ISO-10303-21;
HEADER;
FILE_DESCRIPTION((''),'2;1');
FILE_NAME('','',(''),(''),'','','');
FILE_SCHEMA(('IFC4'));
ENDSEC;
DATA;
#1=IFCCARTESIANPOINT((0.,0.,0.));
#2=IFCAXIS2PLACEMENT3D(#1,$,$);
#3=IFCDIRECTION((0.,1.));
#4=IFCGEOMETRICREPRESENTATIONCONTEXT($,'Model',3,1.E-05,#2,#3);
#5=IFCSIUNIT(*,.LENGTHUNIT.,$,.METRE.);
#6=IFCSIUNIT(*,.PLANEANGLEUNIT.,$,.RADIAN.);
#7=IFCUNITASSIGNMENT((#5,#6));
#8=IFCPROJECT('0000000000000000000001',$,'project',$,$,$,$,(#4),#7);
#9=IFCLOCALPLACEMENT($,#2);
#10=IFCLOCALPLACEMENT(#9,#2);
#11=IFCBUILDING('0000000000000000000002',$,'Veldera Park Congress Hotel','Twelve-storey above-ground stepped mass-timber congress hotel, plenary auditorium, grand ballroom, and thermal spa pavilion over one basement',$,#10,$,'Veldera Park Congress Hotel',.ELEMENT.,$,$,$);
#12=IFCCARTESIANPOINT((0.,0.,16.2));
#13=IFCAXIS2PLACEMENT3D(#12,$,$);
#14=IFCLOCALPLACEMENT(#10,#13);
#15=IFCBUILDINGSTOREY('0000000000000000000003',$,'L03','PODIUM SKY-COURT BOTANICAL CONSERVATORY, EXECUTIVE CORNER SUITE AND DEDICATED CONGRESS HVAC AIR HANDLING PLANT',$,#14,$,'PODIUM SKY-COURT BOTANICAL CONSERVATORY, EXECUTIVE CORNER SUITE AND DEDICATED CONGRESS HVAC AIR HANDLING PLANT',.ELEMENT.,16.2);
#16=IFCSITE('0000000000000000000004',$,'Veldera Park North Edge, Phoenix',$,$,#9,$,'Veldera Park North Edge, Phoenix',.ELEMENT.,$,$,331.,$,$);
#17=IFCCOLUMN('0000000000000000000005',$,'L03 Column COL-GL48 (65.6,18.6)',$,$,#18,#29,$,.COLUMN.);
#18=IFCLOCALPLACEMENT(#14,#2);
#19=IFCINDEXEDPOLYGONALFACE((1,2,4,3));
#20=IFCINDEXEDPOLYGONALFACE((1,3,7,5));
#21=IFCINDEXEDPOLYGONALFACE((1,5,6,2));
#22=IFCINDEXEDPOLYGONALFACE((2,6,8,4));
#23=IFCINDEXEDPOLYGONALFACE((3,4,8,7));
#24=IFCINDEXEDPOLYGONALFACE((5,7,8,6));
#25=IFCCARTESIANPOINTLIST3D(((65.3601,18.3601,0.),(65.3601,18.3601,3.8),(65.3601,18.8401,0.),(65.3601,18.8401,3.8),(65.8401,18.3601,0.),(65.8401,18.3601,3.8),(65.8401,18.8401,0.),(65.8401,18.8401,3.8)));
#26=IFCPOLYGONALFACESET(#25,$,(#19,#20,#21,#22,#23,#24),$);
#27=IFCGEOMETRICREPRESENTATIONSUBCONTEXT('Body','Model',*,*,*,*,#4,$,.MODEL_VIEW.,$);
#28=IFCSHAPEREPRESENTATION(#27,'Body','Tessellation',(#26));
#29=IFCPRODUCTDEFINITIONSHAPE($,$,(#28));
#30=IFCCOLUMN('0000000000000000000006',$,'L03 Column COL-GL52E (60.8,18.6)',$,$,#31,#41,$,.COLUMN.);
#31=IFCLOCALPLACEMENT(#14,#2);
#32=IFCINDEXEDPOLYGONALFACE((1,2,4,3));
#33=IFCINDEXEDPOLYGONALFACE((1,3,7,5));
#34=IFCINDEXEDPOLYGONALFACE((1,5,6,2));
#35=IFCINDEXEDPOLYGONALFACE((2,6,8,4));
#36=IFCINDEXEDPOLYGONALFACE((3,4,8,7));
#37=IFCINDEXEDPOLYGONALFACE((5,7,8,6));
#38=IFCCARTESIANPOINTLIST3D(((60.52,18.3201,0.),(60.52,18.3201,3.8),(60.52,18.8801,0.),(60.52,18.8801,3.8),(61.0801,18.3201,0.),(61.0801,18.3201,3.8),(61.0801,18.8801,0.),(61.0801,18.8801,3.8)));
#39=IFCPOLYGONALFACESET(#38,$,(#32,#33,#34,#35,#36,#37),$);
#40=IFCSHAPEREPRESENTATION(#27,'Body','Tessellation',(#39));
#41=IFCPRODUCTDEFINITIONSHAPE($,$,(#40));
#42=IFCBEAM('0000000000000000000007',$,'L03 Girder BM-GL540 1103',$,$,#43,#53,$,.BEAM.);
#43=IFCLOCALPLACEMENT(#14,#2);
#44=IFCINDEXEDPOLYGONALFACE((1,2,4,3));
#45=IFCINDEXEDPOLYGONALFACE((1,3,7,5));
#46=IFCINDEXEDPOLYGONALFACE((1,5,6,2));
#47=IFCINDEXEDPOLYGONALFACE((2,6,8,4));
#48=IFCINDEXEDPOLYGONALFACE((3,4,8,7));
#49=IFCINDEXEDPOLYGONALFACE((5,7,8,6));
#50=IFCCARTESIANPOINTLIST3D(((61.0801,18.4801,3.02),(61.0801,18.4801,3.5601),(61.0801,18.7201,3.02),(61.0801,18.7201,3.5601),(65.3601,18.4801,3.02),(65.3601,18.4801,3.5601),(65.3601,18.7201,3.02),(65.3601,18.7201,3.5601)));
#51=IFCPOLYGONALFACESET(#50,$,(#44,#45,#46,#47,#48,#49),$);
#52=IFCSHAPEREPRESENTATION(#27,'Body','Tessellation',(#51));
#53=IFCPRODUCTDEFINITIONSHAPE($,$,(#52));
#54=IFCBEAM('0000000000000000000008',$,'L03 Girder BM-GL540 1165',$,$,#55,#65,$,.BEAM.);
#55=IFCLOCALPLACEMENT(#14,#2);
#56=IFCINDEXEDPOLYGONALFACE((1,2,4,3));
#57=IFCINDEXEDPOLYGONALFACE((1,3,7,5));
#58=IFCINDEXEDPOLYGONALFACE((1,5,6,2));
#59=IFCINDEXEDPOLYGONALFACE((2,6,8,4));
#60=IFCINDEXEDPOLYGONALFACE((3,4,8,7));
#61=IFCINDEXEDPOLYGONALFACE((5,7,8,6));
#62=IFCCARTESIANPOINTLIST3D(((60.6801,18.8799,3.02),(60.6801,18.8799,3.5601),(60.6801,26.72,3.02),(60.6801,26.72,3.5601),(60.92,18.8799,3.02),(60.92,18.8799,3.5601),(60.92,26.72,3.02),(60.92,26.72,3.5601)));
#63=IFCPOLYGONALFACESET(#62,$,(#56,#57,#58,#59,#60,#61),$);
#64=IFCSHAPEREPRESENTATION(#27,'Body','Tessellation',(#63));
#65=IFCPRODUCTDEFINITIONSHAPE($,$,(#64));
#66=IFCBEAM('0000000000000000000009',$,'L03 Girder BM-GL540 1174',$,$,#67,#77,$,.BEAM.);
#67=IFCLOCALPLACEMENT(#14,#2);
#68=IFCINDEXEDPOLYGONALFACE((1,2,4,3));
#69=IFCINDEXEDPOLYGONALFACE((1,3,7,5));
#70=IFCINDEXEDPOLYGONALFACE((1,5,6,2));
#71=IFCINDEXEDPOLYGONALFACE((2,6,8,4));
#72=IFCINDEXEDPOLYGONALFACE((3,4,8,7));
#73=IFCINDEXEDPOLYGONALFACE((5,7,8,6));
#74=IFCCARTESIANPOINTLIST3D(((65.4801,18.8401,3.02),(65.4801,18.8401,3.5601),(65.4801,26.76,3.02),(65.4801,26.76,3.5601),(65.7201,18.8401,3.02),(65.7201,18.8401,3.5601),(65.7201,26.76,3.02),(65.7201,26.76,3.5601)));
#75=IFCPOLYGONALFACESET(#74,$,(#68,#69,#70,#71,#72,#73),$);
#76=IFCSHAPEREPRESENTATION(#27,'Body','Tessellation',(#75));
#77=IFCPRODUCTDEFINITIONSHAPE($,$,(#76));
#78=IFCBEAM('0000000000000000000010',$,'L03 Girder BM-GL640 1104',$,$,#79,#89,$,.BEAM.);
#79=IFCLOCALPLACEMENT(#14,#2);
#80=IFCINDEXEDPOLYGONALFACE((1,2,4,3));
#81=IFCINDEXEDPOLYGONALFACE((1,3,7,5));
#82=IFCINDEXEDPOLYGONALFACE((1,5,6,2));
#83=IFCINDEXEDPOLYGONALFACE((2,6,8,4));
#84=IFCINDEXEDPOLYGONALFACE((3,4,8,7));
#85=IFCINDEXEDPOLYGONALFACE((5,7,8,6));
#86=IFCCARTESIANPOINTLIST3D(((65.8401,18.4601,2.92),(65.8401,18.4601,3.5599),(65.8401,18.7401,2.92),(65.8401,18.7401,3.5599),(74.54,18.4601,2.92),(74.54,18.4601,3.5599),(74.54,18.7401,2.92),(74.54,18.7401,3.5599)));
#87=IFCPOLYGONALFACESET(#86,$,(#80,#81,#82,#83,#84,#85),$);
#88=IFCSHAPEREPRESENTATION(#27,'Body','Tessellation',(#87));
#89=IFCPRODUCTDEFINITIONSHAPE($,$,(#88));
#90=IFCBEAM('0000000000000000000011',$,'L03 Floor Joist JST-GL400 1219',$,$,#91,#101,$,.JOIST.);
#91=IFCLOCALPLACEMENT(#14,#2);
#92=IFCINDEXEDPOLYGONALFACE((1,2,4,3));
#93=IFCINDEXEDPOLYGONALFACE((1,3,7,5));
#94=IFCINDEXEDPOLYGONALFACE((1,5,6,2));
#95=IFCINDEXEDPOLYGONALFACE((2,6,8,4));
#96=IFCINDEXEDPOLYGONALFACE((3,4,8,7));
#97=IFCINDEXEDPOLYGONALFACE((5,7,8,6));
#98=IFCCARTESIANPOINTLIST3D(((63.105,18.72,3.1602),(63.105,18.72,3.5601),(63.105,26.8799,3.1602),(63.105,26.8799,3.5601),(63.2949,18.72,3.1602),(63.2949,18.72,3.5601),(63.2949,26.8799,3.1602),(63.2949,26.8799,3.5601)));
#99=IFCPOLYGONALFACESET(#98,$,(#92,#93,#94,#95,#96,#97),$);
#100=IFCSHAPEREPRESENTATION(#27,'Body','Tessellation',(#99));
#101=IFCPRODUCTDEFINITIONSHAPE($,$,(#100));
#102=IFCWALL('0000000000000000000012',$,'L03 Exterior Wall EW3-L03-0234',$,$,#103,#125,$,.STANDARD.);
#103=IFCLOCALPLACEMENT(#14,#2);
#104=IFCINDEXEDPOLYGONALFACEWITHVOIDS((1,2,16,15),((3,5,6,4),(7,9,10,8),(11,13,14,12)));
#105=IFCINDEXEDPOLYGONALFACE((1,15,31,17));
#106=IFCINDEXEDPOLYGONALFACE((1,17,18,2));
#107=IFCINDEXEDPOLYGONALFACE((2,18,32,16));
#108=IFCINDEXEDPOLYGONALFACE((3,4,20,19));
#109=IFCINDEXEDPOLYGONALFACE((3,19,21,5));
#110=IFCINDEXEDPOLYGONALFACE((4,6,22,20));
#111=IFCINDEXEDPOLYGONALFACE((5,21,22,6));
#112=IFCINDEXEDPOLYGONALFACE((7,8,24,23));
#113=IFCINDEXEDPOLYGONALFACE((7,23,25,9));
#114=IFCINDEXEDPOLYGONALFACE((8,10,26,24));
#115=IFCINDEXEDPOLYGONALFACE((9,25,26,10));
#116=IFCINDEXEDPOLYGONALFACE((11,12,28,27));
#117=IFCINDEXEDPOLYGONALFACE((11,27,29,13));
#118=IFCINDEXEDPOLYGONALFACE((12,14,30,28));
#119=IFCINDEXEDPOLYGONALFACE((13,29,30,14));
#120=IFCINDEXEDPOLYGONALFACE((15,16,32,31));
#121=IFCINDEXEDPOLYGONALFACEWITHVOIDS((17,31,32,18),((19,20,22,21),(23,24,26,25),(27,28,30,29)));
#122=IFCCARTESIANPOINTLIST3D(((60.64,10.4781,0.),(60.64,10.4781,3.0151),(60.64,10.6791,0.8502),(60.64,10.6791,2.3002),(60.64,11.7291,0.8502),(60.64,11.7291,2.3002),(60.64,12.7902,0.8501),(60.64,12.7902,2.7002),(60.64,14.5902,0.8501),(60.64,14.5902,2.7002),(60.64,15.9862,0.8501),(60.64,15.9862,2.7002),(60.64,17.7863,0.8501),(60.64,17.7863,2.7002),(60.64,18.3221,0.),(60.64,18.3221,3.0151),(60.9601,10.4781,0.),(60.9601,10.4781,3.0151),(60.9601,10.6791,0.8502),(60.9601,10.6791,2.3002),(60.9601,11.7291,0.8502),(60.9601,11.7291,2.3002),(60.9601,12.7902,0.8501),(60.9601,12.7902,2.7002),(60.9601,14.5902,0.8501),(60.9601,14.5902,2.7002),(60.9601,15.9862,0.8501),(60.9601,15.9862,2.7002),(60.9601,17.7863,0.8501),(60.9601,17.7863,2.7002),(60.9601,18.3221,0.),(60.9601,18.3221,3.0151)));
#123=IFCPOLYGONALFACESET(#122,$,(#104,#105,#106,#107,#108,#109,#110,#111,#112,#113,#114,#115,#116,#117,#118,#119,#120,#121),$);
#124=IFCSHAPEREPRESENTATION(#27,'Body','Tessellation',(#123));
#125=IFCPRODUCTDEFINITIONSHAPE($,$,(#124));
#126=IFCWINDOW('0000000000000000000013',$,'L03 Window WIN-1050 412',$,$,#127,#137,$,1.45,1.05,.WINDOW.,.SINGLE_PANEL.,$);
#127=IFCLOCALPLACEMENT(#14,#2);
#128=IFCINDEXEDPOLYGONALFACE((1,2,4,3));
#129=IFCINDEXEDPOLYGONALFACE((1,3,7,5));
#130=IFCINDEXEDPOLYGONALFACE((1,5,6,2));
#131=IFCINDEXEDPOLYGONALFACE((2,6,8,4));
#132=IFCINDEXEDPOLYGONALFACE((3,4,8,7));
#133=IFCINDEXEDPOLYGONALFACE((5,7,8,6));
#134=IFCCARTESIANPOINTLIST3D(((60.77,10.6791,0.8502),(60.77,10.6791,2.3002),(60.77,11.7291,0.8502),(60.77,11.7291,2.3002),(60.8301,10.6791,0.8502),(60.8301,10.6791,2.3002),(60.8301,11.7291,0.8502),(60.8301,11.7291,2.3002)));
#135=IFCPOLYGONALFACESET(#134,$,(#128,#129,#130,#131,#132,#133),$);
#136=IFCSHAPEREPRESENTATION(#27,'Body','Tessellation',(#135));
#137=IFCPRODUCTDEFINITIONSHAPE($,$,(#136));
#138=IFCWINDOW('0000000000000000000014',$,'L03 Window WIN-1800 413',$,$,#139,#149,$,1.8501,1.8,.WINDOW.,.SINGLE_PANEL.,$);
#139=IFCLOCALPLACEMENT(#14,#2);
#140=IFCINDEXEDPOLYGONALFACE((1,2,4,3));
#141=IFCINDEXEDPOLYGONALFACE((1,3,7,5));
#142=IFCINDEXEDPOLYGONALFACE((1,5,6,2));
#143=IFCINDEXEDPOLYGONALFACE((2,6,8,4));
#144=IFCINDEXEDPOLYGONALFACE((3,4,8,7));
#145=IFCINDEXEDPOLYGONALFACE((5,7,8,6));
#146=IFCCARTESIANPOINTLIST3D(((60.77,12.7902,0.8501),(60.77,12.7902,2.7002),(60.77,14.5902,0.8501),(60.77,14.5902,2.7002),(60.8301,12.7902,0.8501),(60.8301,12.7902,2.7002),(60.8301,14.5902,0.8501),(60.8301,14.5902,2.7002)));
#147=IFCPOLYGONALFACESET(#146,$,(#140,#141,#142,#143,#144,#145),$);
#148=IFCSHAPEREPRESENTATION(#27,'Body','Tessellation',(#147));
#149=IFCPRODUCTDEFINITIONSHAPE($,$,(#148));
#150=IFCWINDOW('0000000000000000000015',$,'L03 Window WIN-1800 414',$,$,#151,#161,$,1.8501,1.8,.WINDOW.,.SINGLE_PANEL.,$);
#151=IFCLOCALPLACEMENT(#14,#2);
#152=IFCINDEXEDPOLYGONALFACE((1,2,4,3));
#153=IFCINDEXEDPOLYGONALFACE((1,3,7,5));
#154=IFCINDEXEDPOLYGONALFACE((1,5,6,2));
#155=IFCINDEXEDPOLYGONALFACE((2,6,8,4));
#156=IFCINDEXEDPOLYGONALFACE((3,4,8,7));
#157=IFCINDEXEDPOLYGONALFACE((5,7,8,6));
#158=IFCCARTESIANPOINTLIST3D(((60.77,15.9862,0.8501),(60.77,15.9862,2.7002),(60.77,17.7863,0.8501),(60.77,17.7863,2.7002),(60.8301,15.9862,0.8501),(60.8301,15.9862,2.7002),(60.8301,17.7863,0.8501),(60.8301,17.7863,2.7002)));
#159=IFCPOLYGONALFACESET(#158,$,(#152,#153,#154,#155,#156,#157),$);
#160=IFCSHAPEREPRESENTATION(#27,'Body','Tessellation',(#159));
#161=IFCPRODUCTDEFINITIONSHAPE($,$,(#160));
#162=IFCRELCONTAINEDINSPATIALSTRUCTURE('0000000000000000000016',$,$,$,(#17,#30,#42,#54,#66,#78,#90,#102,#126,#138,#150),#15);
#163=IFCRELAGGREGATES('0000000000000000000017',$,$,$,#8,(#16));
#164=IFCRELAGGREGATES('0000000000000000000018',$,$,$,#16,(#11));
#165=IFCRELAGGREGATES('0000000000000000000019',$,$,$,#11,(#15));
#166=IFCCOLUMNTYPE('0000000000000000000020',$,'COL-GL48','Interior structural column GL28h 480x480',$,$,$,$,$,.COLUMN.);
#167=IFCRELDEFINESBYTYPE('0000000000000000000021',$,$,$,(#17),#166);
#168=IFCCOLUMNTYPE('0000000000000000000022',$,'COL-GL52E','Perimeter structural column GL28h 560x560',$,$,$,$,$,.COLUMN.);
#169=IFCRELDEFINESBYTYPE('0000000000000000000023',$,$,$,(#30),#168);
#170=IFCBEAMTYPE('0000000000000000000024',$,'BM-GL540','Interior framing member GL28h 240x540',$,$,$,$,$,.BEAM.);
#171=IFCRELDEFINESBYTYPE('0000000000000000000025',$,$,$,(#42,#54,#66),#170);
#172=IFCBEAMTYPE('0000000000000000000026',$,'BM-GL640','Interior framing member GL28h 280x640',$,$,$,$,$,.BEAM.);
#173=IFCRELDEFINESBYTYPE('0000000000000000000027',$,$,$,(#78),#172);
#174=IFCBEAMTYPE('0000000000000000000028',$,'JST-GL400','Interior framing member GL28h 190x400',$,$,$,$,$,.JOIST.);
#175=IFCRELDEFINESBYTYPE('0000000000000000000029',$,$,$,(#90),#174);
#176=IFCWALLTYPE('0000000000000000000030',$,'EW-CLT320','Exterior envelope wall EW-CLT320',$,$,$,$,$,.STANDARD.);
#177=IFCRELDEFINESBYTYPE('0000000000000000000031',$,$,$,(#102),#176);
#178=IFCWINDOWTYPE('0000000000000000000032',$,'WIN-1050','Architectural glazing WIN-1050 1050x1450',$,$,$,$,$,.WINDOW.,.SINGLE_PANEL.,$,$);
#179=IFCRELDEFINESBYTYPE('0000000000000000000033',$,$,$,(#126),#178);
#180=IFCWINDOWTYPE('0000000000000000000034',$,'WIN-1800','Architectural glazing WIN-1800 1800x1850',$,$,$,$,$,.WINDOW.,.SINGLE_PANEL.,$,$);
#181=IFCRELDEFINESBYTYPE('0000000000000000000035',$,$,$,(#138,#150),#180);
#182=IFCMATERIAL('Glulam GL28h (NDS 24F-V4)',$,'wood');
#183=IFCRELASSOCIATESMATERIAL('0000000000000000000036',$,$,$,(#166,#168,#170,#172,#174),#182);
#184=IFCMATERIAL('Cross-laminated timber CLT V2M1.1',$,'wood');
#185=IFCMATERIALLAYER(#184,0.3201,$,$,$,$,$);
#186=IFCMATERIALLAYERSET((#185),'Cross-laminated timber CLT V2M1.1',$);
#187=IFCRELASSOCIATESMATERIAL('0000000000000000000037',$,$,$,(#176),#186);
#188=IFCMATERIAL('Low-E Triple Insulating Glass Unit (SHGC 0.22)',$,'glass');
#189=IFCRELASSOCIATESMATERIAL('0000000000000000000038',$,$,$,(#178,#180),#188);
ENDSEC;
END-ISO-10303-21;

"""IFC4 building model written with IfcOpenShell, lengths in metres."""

from ifc_helpers import new_model, si_unit, direction, frame, frame_2d, origin, origin_2d, place, context, subcontext, project, spatial, rectangle, extrude, material, layer, layer_set, material_profile, profile_set, type_object, element, fill, save


model = new_model("IFC4")

# Units and contexts
model_context = context("Model", 3, precision=1e-05, world=origin(), true_north=direction((0.0, 1.0)))
body_context = subcontext(model_context, "Body", "Model", "MODEL_VIEW")
ifc_project = project(units=[si_unit("LENGTHUNIT", "METRE"), si_unit("PLANEANGLEUNIT", "RADIAN")], contexts=[model_context])

# Site, building, storey
site_placement = place(None, origin())
site = spatial("IfcSite", under=ifc_project, at=site_placement, Name="Veldera Park North Edge, Phoenix", LongName="Veldera Park North Edge, Phoenix", CompositionType="ELEMENT", RefElevation=331.0)
building_placement = place(site_placement, origin())
building = spatial("IfcBuilding", under=site, at=building_placement, Name="Veldera Park Congress Hotel", Description="Twelve-storey above-ground stepped mass-timber congress hotel, plenary auditorium, grand ballroom, and thermal spa pavilion over one basement", LongName="Veldera Park Congress Hotel", CompositionType="ELEMENT")
storey_placement = place(building_placement, frame((0.0, 0.0, 16.2)))
storey = spatial("IfcBuildingStorey", under=building, at=storey_placement, Name="L03", Description="PODIUM SKY-COURT BOTANICAL CONSERVATORY, EXECUTIVE CORNER SUITE AND DEDICATED CONGRESS HVAC AIR HANDLING PLANT", LongName="PODIUM SKY-COURT BOTANICAL CONSERVATORY, EXECUTIVE CORNER SUITE AND DEDICATED CONGRESS HVAC AIR HANDLING PLANT", CompositionType="ELEMENT", Elevation=16.2)

# Columns
ifc_material_1 = material(Name="Glulam GL28h (NDS 24F-V4)", Category="wood")
ifc_material_profile_1 = material_profile(ifc_material_1, rectangle(XDim=0.48, YDim=0.48, at=origin_2d()), Name="GL28h 480x480")
ifc_profile_set_1 = profile_set([ifc_material_profile_1], Name="Glulam GL28h (NDS 24F-V4)")
column_type_1 = type_object("IfcColumnType", Name="COL-GL48", Description="Interior structural column GL28h 480x480", PredefinedType="COLUMN", material=ifc_profile_set_1)
column_1_placement = place(storey_placement, frame((65.6001, 18.6001, 0.0), z_axis=(0.0, 0.0, 1.0), x_axis=(1.0, 0.0, 0.0)))
element("IfcColumn", 1, at=column_1_placement, inside=storey, type_object=column_type_1, Name="L03 Column COL-GL48 (65.6,18.6)", PredefinedType="COLUMN", context=body_context, shape_type="SweptSolid", body=[
    extrude(rectangle(XDim=0.48, YDim=0.48, at=origin_2d()), origin(), (0.0, 0.0, 1.0), 3.8),
])
ifc_material_profile_2 = material_profile(ifc_material_1, rectangle(XDim=0.5601, YDim=0.5601, at=origin_2d()), Name="GL28h 560x560")
ifc_profile_set_2 = profile_set([ifc_material_profile_2], Name="Glulam GL28h (NDS 24F-V4)")
column_type_2 = type_object("IfcColumnType", Name="COL-GL52E", Description="Perimeter structural column GL28h 560x560", PredefinedType="COLUMN", material=ifc_profile_set_2)
column_2_placement = place(storey_placement, frame((60.8, 18.6001, 0.0), z_axis=(0.0, 0.0, 1.0), x_axis=(1.0, 0.0, 0.0)))
element("IfcColumn", 2, at=column_2_placement, inside=storey, type_object=column_type_2, Name="L03 Column COL-GL52E (60.8,18.6)", PredefinedType="COLUMN", context=body_context, shape_type="SweptSolid", body=[
    extrude(rectangle(XDim=0.5601, YDim=0.5601, at=origin_2d()), origin(), (0.0, 0.0, 1.0), 3.8),
])

# Beams
ifc_material_profile_3 = material_profile(ifc_material_1, rectangle(XDim=0.24, YDim=0.54, at=origin_2d()), Name="GL28h 240x540")
ifc_profile_set_3 = profile_set([ifc_material_profile_3], Name="Glulam GL28h (NDS 24F-V4)")
beam_type_1 = type_object("IfcBeamType", Name="BM-GL540", Description="Interior framing member GL28h 240x540", PredefinedType="BEAM", material=ifc_profile_set_3)
beam_1_placement = place(storey_placement, frame((61.0801, 18.6001, 3.29), z_axis=(1.0, 0.0, 0.0), x_axis=(0.0, 1.0, 0.0)))
element("IfcBeam", 3, at=beam_1_placement, inside=storey, type_object=beam_type_1, Name="L03 Girder BM-GL540 1103", PredefinedType="BEAM", context=body_context, shape_type="SweptSolid", body=[
    extrude(rectangle(XDim=0.24, YDim=0.54, at=origin_2d()), origin(), (0.0, 0.0, 1.0), 4.28),
])
beam_2_placement = place(storey_placement, frame((60.8, 18.8799, 3.29), z_axis=(0.0, 1.0, 0.0), x_axis=(-1.0, 0.0, 0.0)))
element("IfcBeam", 4, at=beam_2_placement, inside=storey, type_object=beam_type_1, Name="L03 Girder BM-GL540 1165", PredefinedType="BEAM", context=body_context, shape_type="SweptSolid", body=[
    extrude(rectangle(XDim=0.24, YDim=0.54, at=origin_2d()), origin(), (0.0, 0.0, 1.0), 7.8401),
])
beam_3_placement = place(storey_placement, frame((65.6001, 18.8401, 3.29), z_axis=(0.0, 1.0, 0.0), x_axis=(-1.0, 0.0, 0.0)))
element("IfcBeam", 5, at=beam_3_placement, inside=storey, type_object=beam_type_1, Name="L03 Girder BM-GL540 1174", PredefinedType="BEAM", context=body_context, shape_type="SweptSolid", body=[
    extrude(rectangle(XDim=0.24, YDim=0.54, at=origin_2d()), origin(), (0.0, 0.0, 1.0), 7.9199),
])
ifc_material_profile_4 = material_profile(ifc_material_1, rectangle(XDim=0.28, YDim=0.6399, at=origin_2d()), Name="GL28h 280x640")
ifc_profile_set_4 = profile_set([ifc_material_profile_4], Name="Glulam GL28h (NDS 24F-V4)")
beam_type_2 = type_object("IfcBeamType", Name="BM-GL640", Description="Interior framing member GL28h 280x640", PredefinedType="BEAM", material=ifc_profile_set_4)
beam_4_placement = place(storey_placement, frame((65.8401, 18.6001, 3.24), z_axis=(1.0, 0.0, 0.0), x_axis=(0.0, 1.0, 0.0)))
element("IfcBeam", 6, at=beam_4_placement, inside=storey, type_object=beam_type_2, Name="L03 Girder BM-GL640 1104", PredefinedType="BEAM", context=body_context, shape_type="SweptSolid", body=[
    extrude(rectangle(XDim=0.28, YDim=0.6399, at=origin_2d()), origin(), (0.0, 0.0, 1.0), 8.7),
])
ifc_material_profile_5 = material_profile(ifc_material_1, rectangle(XDim=0.1899, YDim=0.3999, at=origin_2d()), Name="GL28h 190x400")
ifc_profile_set_5 = profile_set([ifc_material_profile_5], Name="Glulam GL28h (NDS 24F-V4)")
beam_type_3 = type_object("IfcBeamType", Name="JST-GL400", Description="Interior framing member GL28h 190x400", PredefinedType="JOIST", material=ifc_profile_set_5)
beam_5_placement = place(storey_placement, frame((63.2, 18.72, 3.3601), z_axis=(0.0, 1.0, 0.0), x_axis=(-1.0, 0.0, 0.0)))
element("IfcBeam", 7, at=beam_5_placement, inside=storey, type_object=beam_type_3, Name="L03 Floor Joist JST-GL400 1219", PredefinedType="JOIST", context=body_context, shape_type="SweptSolid", body=[
    extrude(rectangle(XDim=0.1899, YDim=0.3999, at=origin_2d()), origin(), (0.0, 0.0, 1.0), 8.1599),
])

# Wall, openings, windows
ifc_material_2 = material(Name="Cross-laminated timber CLT V2M1.1", Category="wood")
ifc_layer_1 = layer(ifc_material_2, 0.3201)
ifc_layer_set_1 = layer_set([ifc_layer_1], Name="Cross-laminated timber CLT V2M1.1")
wall_type_1 = type_object("IfcWallType", Name="EW-CLT320", Description="Exterior envelope wall EW-CLT320", PredefinedType="STANDARD", material=ifc_layer_set_1)
wall_1_placement = place(storey_placement, frame((60.8, 18.322, 0.0), z_axis=(0.0, 0.0, 1.0), x_axis=(0.0, -1.0, 0.0)))
wall_1 = element("IfcWall", 8, at=wall_1_placement, inside=storey, type_object=wall_type_1, Name="L03 Exterior Wall EW3-L03-0234", PredefinedType="STANDARD", context=body_context, shape_type="SweptSolid", body=[
    extrude(rectangle(XDim=7.844, YDim=0.3201, at=frame_2d((3.9219, 0.0))), origin(), (0.0, 0.0, 1.0), 3.0151),
])
opening_1_placement = place(wall_1_placement, frame((6.593, 0.0, 0.8501)))
opening_1 = element("IfcOpeningElement", 9, at=opening_1_placement, cuts=wall_1, PredefinedType="OPENING", context=body_context, shape_type="SweptSolid", body=[
    extrude(rectangle(XDim=1.05, YDim=1.45, at=frame_2d((0.5249, 0.7251))), frame((0.0, 0.1721, 0.0), z_axis=(0.0, -1.0, 0.0), x_axis=(1.0, 0.0, 0.0)), (0.0, 0.0, 1.0), 0.344),
])
opening_2_placement = place(wall_1_placement, frame((3.7319, 0.0, 0.8501)))
opening_2 = element("IfcOpeningElement", 10, at=opening_2_placement, cuts=wall_1, PredefinedType="OPENING", context=body_context, shape_type="SweptSolid", body=[
    extrude(rectangle(XDim=1.8, YDim=1.8501, at=frame_2d((0.8999, 0.925))), frame((0.0, 0.1721, 0.0), z_axis=(0.0, -1.0, 0.0), x_axis=(1.0, 0.0, 0.0)), (0.0, 0.0, 1.0), 0.344),
])
opening_3_placement = place(wall_1_placement, frame((0.5359, 0.0, 0.8501)))
opening_3 = element("IfcOpeningElement", 11, at=opening_3_placement, cuts=wall_1, PredefinedType="OPENING", context=body_context, shape_type="SweptSolid", body=[
    extrude(rectangle(XDim=1.8, YDim=1.8501, at=frame_2d((0.8999, 0.925))), frame((0.0, 0.1721, 0.0), z_axis=(0.0, -1.0, 0.0), x_axis=(1.0, 0.0, 0.0)), (0.0, 0.0, 1.0), 0.344),
])
ifc_material_3 = material(Name="Low-E Triple Insulating Glass Unit (SHGC 0.22)", Category="glass")
window_type_1 = type_object("IfcWindowType", Name="WIN-1050", Description="Architectural glazing WIN-1050 1050x1450", PartitioningType="SINGLE_PANEL", PredefinedType="WINDOW", material=ifc_material_3)
window_1_placement = place(opening_1_placement, origin())
window_1 = element("IfcWindow", 12, at=window_1_placement, inside=storey, type_object=window_type_1, Name="L03 Window WIN-1050 412", OverallHeight=1.45, OverallWidth=1.05, PartitioningType="SINGLE_PANEL", PredefinedType="WINDOW", context=body_context, shape_type="SweptSolid", body=[
    extrude(rectangle(XDim=1.05, YDim=1.45, at=frame_2d((0.5249, 0.7251))), frame((0.0, 0.03, 0.0), z_axis=(0.0, -1.0, 0.0), x_axis=(1.0, 0.0, 0.0)), (0.0, 0.0, 1.0), 0.0601),
])
fill(opening_1, window_1)
window_type_2 = type_object("IfcWindowType", Name="WIN-1800", Description="Architectural glazing WIN-1800 1800x1850", PartitioningType="SINGLE_PANEL", PredefinedType="WINDOW", material=ifc_material_3)
window_2_placement = place(opening_2_placement, origin())
window_2 = element("IfcWindow", 13, at=window_2_placement, inside=storey, type_object=window_type_2, Name="L03 Window WIN-1800 413", OverallHeight=1.8501, OverallWidth=1.8, PartitioningType="SINGLE_PANEL", PredefinedType="WINDOW", context=body_context, shape_type="SweptSolid", body=[
    extrude(rectangle(XDim=1.8, YDim=1.8501, at=frame_2d((0.8999, 0.925))), frame((0.0, 0.03, 0.0), z_axis=(0.0, -1.0, 0.0), x_axis=(1.0, 0.0, 0.0)), (0.0, 0.0, 1.0), 0.0601),
])
fill(opening_2, window_2)
window_3_placement = place(opening_3_placement, origin())
window_3 = element("IfcWindow", 14, at=window_3_placement, inside=storey, type_object=window_type_2, Name="L03 Window WIN-1800 414", OverallHeight=1.8501, OverallWidth=1.8, PartitioningType="SINGLE_PANEL", PredefinedType="WINDOW", context=body_context, shape_type="SweptSolid", body=[
    extrude(rectangle(XDim=1.8, YDim=1.8501, at=frame_2d((0.8999, 0.925))), frame((0.0, 0.03, 0.0), z_axis=(0.0, -1.0, 0.0), x_axis=(1.0, 0.0, 0.0)), (0.0, 0.0, 1.0), 0.0601),
])
fill(opening_3, window_3)

save(model, "model.ifc")
